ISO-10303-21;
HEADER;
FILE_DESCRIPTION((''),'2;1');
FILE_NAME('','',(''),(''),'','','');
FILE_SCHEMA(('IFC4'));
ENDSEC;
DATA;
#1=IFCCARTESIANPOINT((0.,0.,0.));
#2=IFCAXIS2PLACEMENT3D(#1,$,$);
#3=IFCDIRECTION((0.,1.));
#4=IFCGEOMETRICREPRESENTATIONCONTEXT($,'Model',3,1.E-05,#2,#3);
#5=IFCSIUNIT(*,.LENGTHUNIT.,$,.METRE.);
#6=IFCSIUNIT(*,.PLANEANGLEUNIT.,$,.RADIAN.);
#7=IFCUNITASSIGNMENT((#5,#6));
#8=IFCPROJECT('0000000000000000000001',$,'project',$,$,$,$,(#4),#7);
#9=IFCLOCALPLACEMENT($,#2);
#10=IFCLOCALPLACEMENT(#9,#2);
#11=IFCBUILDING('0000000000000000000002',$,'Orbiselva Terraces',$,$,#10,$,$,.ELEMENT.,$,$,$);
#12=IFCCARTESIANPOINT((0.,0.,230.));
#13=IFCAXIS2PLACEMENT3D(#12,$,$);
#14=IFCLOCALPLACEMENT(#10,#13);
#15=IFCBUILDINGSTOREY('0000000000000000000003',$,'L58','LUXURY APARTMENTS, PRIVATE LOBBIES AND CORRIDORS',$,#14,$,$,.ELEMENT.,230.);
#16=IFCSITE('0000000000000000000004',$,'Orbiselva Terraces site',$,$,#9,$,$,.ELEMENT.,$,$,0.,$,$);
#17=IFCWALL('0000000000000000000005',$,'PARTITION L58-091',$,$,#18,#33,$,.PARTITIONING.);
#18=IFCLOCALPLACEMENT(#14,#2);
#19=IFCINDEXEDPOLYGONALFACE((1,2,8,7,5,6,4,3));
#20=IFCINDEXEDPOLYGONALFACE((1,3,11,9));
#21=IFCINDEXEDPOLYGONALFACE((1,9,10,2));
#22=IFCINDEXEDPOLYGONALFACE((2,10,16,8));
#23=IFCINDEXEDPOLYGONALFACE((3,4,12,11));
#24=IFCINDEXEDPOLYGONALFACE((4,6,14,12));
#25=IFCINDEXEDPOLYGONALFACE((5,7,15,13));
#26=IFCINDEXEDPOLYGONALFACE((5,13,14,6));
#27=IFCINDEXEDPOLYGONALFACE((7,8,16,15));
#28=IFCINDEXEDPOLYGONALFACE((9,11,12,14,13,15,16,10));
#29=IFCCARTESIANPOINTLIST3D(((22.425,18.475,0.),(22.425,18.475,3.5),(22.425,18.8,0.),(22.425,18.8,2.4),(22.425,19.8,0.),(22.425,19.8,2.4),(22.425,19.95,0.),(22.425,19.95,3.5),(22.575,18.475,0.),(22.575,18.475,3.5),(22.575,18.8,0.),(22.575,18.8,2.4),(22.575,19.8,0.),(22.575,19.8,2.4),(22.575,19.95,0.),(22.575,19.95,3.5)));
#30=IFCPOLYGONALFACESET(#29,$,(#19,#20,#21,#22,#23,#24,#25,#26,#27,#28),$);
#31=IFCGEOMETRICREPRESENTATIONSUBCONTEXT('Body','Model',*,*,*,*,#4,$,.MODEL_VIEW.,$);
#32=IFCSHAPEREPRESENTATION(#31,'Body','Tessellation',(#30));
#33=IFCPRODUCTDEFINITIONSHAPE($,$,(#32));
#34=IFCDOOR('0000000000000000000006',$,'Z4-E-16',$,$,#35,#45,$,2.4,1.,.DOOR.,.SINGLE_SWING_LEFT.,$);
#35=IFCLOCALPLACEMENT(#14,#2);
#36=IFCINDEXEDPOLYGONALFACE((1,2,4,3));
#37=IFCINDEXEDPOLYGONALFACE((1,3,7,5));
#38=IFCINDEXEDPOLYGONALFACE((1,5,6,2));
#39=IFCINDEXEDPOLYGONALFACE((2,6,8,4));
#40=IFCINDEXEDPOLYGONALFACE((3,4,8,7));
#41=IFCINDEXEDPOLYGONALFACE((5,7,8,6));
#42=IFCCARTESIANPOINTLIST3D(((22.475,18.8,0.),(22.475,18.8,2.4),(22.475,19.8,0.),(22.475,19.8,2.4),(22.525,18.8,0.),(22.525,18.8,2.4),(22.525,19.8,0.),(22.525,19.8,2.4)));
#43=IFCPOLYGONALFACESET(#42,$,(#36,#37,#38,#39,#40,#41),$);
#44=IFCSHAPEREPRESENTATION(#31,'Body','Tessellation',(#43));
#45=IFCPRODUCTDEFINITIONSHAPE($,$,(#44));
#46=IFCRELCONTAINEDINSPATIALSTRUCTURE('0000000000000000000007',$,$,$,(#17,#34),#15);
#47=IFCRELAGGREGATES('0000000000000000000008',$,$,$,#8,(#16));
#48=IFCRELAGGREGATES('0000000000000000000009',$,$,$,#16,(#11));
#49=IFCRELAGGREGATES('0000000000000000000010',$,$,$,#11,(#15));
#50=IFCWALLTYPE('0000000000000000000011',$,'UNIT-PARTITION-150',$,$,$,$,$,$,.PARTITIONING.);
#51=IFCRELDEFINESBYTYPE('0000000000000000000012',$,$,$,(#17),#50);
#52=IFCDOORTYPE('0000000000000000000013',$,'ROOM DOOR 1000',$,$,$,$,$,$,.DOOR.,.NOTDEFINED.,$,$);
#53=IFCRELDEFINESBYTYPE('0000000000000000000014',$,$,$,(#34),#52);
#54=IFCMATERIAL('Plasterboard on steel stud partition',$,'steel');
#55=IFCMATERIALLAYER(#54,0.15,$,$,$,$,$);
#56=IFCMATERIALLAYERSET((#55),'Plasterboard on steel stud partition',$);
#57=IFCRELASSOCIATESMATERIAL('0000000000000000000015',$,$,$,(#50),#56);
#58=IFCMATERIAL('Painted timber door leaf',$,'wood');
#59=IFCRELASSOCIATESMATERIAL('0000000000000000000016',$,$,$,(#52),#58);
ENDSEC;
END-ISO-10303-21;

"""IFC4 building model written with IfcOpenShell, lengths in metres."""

from ifc_helpers import new_model, si_unit, direction, frame, frame_2d, origin, place, context, subcontext, project, spatial, rectangle, extrude, material, layer, layer_set, type_object, element, fill, save


model = new_model("IFC4")

# Units and contexts
model_context = context("Model", 3, precision=1e-05, world=origin(), true_north=direction((0.0, 1.0)))
body_context = subcontext(model_context, "Body", "Model", "MODEL_VIEW")
ifc_project = project(units=[si_unit("LENGTHUNIT", "METRE"), si_unit("PLANEANGLEUNIT", "RADIAN")], contexts=[model_context])

# Site, building, storey
site_placement = place(None, origin())
site = spatial("IfcSite", under=ifc_project, at=site_placement, Name="Orbiselva Terraces site", CompositionType="ELEMENT", RefElevation=0.0)
building_placement = place(site_placement, origin())
building = spatial("IfcBuilding", under=site, at=building_placement, Name="Orbiselva Terraces", CompositionType="ELEMENT")
storey_placement = place(building_placement, frame((0.0, 0.0, 230.0)))
storey = spatial("IfcBuildingStorey", under=building, at=storey_placement, Name="L58", Description="LUXURY APARTMENTS, PRIVATE LOBBIES AND CORRIDORS", CompositionType="ELEMENT", Elevation=230.0)

# Shared definitions
ifc_material_1 = material(Name="Plasterboard on steel stud partition", Category="steel")
ifc_material_2 = material(Name="Painted timber door leaf", Category="wood")

# Shared definitions
ifc_layer_1 = layer(ifc_material_1, 0.15)
ifc_layer_set_1 = layer_set([ifc_layer_1], Name="Plasterboard on steel stud partition")
wall_type_1 = type_object("IfcWallType", Name="UNIT-PARTITION-150", PredefinedType="PARTITIONING", material=ifc_layer_set_1)
door_type_1 = type_object("IfcDoorType", Name="ROOM DOOR 1000", OperationType="NOTDEFINED", PredefinedType="DOOR", material=ifc_material_2)

# Wall, opening, door
wall_1_placement = place(storey_placement, frame((22.5, 19.95, 0.0), z_axis=(0.0, 0.0, 1.0), x_axis=(0.0, -1.0, 0.0)))
wall_1 = element("IfcWall", 1, at=wall_1_placement, inside=storey, type_object=wall_type_1, Name="PARTITION L58-091", PredefinedType="PARTITIONING", context=body_context, shape_type="SweptSolid", body=[
    extrude(rectangle(XDim=1.475, YDim=0.15, at=frame_2d((0.7375, 0.0))), origin(), (0.0, 0.0, 1.0), 3.5),
])
opening_1_placement = place(wall_1_placement, frame((0.15, 0.0, 0.0)))
opening_1 = element("IfcOpeningElement", 2, at=opening_1_placement, cuts=wall_1, PredefinedType="OPENING", context=body_context, shape_type="SweptSolid", body=[
    extrude(rectangle(XDim=1.0, YDim=2.4, at=frame_2d((0.5, 1.2))), frame((0.0, 0.085, 0.0), z_axis=(0.0, -1.0, 0.0), x_axis=(1.0, 0.0, 0.0)), (0.0, 0.0, 1.0), 0.17),
])
door_1_placement = place(opening_1_placement, origin())
door_1 = element("IfcDoor", 3, at=door_1_placement, inside=storey, type_object=door_type_1, Name="Z4-E-16", OperationType="SINGLE_SWING_LEFT", OverallHeight=2.4, OverallWidth=1.0, PredefinedType="DOOR", context=body_context, shape_type="SweptSolid", body=[
    extrude(rectangle(XDim=1.0, YDim=2.4, at=frame_2d((0.5, 1.2))), frame((0.0, 0.025, 0.0), z_axis=(0.0, -1.0, 0.0), x_axis=(1.0, 0.0, 0.0)), (0.0, 0.0, 1.0), 0.05),
])
fill(opening_1, door_1)

save(model, "model.ifc")
